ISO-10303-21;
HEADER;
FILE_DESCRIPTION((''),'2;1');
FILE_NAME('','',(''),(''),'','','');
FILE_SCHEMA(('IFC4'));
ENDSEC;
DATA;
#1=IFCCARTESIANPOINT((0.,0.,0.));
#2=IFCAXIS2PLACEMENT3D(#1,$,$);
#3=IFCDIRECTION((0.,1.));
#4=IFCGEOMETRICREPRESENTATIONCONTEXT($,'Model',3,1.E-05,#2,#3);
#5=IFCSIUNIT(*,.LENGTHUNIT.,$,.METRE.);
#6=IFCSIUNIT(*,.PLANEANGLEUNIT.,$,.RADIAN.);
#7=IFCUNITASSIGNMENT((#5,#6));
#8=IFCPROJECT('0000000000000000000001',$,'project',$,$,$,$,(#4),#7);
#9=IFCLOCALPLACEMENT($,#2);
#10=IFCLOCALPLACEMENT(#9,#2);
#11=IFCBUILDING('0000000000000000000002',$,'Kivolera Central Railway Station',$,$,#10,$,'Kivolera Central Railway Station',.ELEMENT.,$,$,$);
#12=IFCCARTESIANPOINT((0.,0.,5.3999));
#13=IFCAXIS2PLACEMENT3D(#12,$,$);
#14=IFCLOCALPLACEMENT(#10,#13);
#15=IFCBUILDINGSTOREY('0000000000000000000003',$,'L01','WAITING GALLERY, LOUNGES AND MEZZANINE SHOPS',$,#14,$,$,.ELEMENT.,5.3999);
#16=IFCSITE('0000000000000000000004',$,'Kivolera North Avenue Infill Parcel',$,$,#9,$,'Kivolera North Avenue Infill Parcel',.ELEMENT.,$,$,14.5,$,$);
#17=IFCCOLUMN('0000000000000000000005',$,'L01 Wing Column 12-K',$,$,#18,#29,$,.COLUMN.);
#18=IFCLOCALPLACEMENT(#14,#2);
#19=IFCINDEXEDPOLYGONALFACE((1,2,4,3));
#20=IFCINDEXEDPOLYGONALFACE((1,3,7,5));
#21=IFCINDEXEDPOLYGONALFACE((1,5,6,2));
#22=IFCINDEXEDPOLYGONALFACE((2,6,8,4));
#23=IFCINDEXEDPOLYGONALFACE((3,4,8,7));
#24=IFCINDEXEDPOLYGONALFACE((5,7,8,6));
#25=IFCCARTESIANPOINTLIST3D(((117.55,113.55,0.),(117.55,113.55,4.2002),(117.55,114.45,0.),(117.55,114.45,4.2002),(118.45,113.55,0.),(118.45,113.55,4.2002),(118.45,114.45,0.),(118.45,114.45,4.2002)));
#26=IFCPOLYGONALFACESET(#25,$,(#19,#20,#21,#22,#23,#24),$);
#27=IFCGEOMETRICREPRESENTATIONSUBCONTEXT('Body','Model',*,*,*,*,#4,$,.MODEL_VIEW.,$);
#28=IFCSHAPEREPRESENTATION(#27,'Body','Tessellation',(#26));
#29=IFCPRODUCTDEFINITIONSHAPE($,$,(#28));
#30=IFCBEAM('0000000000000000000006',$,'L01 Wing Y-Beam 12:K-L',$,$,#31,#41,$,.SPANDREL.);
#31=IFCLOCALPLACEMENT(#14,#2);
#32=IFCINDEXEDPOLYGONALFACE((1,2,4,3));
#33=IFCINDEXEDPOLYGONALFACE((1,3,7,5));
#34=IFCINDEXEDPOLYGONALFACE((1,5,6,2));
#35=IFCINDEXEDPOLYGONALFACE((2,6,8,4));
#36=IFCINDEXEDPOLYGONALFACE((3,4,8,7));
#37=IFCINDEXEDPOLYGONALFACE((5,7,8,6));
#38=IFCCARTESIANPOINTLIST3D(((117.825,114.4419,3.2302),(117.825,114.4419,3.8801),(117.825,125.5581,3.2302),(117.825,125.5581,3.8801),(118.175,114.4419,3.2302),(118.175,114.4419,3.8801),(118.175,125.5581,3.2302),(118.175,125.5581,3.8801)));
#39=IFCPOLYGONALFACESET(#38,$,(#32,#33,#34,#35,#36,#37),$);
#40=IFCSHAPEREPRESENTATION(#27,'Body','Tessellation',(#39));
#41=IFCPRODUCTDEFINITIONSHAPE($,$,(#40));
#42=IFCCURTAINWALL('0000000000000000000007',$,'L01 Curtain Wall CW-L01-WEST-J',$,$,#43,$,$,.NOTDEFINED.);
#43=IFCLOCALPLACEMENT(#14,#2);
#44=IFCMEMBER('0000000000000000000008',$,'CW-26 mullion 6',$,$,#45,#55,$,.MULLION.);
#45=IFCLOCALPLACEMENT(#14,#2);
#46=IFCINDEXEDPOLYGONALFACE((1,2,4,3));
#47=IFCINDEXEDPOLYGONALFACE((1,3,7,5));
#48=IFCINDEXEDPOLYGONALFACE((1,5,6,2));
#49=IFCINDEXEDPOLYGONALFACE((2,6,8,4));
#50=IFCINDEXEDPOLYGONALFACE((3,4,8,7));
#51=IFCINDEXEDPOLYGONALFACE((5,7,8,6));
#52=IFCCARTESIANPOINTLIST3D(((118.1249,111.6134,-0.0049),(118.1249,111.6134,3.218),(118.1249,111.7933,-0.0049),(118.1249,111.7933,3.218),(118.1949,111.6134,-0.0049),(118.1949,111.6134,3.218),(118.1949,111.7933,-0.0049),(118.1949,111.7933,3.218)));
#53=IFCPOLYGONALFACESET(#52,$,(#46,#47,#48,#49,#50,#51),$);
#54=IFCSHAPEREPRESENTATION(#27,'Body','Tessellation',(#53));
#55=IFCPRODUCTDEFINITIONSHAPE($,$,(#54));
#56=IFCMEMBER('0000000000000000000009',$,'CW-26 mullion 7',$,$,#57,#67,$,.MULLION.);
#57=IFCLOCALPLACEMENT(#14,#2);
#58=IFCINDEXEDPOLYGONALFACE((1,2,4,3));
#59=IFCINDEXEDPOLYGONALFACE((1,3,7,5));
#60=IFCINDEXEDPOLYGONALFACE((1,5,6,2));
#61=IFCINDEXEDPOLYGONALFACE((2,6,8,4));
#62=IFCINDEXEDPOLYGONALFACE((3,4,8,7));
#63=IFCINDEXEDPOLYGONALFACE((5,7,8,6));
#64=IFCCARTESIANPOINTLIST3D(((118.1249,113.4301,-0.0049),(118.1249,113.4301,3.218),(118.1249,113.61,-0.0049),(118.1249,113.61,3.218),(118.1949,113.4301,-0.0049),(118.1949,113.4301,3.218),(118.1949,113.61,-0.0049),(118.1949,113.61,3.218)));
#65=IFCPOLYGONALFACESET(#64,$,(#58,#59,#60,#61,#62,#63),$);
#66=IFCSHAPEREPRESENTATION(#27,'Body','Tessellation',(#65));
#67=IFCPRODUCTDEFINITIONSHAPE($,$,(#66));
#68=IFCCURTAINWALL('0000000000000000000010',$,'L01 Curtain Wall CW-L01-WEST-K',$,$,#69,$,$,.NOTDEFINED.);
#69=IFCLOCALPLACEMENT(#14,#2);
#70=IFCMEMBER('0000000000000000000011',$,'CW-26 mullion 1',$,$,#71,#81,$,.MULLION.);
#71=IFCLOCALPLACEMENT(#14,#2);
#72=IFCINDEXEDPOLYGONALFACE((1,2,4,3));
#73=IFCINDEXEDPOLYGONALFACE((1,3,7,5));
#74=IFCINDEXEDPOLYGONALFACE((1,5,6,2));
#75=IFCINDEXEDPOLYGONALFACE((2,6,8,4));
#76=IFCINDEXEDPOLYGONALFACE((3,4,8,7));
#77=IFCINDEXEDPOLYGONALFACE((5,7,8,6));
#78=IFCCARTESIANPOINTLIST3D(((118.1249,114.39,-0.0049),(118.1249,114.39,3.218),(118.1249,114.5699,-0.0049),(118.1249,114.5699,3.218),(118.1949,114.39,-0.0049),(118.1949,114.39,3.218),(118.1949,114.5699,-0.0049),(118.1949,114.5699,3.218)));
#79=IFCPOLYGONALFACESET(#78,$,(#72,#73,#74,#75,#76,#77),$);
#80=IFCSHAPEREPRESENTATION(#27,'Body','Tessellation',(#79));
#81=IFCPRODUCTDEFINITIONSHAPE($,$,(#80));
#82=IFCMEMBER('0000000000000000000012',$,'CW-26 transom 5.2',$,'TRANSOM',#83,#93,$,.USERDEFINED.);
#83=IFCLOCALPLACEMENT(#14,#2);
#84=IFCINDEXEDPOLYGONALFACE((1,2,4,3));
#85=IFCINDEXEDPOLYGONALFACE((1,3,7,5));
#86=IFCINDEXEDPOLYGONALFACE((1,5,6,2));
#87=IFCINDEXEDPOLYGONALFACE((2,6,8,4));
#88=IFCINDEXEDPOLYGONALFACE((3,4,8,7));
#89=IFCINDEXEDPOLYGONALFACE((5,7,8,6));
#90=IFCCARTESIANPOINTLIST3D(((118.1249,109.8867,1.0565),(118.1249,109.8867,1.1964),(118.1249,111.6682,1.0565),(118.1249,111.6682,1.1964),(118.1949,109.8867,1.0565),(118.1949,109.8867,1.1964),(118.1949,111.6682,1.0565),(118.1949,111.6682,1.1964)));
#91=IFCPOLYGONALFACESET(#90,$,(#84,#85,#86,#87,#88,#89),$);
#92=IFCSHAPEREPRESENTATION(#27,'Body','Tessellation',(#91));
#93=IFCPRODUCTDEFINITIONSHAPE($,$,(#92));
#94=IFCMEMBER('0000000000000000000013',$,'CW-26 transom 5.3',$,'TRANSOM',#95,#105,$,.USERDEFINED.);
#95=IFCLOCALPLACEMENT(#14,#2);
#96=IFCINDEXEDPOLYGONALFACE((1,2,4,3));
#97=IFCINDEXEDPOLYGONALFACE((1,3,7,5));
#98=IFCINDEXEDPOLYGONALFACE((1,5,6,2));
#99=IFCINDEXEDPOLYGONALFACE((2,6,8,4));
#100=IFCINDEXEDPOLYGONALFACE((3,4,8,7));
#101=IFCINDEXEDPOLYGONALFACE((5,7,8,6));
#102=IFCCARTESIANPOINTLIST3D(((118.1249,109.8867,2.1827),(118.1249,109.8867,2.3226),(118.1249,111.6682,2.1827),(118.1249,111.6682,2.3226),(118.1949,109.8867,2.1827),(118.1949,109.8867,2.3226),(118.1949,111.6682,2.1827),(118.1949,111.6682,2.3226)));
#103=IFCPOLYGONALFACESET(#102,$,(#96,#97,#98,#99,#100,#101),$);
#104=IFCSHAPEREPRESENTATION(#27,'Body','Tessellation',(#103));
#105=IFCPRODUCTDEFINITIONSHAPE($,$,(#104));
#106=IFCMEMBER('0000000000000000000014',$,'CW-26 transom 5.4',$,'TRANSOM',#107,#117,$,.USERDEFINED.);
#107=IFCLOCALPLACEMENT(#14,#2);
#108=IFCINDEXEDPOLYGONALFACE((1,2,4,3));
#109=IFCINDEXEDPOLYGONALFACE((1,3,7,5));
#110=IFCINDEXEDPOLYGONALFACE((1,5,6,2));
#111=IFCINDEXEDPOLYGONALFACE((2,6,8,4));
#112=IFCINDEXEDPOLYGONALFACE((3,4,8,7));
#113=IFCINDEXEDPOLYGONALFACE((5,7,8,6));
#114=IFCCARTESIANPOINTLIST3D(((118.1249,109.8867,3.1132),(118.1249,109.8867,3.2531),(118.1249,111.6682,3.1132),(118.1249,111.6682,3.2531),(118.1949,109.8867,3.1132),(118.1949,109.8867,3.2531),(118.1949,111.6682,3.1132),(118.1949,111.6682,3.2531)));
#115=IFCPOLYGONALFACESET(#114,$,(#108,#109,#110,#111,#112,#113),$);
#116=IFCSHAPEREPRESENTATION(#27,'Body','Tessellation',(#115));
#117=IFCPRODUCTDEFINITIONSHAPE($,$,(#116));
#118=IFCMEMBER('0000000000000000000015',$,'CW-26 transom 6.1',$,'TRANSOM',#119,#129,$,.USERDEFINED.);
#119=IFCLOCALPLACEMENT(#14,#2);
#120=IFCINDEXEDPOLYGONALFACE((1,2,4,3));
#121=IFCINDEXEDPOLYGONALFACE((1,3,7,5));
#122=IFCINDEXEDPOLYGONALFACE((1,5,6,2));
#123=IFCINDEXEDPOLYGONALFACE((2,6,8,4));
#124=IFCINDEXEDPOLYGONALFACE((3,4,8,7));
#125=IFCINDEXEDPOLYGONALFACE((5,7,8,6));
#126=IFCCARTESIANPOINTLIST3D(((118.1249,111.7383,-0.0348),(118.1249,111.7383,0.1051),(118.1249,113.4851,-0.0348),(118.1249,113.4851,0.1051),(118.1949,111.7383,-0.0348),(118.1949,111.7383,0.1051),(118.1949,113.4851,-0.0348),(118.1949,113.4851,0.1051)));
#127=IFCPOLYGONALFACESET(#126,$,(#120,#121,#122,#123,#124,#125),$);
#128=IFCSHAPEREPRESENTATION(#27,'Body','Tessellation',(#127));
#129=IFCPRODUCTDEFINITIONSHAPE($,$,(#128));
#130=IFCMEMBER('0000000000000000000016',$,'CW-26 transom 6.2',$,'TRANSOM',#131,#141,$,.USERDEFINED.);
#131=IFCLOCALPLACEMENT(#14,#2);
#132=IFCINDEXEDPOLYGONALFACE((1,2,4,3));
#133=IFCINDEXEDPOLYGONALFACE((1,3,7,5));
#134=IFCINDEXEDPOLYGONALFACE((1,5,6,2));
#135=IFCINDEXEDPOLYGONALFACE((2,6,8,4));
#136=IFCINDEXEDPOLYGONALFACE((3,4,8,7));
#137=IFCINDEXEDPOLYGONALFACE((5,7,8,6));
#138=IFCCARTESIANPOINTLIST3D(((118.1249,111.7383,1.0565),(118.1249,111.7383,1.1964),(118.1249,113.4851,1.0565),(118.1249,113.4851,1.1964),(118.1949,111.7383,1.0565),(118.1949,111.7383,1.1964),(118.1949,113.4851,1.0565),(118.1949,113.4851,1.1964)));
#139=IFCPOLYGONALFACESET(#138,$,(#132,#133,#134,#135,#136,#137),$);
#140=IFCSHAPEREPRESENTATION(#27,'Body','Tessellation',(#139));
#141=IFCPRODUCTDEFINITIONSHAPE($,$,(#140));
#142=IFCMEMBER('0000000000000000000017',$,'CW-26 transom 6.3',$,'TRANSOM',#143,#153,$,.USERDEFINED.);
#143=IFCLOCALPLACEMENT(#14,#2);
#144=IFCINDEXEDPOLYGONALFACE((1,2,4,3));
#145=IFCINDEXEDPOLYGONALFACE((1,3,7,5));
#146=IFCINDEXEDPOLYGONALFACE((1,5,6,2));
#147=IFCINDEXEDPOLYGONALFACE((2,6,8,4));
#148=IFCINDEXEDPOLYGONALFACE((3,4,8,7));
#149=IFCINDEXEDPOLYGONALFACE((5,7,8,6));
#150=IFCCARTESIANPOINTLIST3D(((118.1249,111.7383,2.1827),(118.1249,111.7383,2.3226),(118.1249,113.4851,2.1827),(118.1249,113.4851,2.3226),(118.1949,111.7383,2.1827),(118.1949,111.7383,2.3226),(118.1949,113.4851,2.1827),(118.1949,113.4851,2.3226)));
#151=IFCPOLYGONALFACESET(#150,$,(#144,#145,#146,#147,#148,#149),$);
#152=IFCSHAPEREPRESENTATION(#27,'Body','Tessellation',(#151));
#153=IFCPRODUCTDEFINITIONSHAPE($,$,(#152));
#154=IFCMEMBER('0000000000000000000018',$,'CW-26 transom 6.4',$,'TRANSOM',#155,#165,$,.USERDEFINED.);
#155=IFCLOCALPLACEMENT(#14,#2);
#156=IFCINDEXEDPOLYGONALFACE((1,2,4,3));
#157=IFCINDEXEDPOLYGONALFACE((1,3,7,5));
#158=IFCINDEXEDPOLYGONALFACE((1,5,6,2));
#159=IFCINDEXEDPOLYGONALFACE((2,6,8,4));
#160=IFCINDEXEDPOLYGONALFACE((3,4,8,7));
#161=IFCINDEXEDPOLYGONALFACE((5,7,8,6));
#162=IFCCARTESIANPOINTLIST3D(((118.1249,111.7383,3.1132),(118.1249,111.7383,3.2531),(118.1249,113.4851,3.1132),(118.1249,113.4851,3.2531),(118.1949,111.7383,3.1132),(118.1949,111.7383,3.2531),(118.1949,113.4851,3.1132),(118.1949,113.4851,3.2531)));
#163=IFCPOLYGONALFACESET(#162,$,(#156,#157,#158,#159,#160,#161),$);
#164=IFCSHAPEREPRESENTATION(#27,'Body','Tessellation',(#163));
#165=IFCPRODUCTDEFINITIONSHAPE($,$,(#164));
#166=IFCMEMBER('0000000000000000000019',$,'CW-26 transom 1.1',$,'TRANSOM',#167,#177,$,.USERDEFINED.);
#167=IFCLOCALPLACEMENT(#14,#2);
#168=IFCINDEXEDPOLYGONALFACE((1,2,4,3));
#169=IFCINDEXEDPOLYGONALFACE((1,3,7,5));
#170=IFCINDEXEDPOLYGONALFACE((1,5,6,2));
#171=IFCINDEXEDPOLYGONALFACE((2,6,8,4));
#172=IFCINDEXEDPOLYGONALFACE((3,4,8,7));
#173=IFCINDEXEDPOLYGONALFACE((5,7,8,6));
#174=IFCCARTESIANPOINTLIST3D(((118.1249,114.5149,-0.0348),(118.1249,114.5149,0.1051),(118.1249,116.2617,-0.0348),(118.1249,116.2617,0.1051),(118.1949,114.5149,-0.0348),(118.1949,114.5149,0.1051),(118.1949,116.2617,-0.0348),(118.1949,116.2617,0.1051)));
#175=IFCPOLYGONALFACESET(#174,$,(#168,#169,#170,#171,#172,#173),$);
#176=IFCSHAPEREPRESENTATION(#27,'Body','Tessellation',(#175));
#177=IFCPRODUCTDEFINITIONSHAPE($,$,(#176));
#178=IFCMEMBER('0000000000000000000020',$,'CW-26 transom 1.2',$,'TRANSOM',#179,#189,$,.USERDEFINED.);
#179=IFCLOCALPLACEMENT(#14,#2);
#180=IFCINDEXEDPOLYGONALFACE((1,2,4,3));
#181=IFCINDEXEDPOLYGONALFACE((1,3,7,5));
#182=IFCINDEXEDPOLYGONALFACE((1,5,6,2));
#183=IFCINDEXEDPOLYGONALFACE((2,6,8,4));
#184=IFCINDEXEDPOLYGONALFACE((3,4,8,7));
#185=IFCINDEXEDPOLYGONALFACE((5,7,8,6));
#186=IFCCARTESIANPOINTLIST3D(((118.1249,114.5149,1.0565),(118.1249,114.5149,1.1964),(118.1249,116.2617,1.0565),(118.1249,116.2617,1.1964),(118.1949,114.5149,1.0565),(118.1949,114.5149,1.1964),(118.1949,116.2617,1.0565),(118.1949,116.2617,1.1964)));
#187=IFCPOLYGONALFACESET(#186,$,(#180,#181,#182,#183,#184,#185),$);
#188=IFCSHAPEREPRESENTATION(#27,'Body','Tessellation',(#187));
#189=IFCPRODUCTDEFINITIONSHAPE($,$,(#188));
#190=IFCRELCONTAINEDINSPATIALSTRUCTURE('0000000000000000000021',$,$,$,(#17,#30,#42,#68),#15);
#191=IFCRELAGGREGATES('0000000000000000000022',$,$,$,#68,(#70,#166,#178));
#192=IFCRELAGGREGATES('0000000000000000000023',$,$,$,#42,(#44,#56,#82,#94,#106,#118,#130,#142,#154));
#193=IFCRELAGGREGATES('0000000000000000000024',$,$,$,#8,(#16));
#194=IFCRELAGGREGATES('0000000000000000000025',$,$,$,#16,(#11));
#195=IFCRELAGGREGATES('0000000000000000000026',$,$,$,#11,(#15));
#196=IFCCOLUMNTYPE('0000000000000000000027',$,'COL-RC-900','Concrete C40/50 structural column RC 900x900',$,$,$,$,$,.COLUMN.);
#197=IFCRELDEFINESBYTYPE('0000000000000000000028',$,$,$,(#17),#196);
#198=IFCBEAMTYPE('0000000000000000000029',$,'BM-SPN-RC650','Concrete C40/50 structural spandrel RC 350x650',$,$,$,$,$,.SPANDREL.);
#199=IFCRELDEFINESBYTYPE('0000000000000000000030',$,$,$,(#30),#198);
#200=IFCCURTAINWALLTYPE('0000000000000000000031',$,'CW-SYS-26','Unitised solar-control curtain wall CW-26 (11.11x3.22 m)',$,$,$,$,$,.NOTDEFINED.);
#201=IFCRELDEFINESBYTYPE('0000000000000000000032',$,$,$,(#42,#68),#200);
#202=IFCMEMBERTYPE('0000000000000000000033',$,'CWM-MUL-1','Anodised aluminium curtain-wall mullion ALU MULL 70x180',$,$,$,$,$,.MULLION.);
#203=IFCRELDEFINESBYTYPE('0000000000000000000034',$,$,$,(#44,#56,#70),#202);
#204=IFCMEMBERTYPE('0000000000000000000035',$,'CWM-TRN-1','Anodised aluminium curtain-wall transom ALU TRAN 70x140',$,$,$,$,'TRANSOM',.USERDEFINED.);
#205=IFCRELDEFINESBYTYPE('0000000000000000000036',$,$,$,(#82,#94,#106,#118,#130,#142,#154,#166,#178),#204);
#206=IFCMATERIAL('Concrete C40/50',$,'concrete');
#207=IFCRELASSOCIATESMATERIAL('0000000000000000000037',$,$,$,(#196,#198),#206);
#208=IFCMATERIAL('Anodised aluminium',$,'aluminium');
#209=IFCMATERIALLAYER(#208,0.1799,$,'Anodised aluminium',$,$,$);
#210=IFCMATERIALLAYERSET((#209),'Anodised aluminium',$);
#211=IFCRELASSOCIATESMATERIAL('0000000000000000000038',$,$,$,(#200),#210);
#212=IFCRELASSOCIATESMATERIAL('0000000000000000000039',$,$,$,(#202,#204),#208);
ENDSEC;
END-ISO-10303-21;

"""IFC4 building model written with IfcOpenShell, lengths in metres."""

from ifc_helpers import new_model, si_unit, direction, frame, origin, origin_2d, place, context, subcontext, project, spatial, rectangle, extrude, material, layer, layer_set, material_profile, profile_set, type_object, element, aggregate, save


model = new_model("IFC4")

# Units and contexts
model_context = context("Model", 3, precision=1e-05, world=origin(), true_north=direction((0.0, 1.0)))
body_context = subcontext(model_context, "Body", "Model", "MODEL_VIEW")
ifc_project = project(units=[si_unit("LENGTHUNIT", "METRE"), si_unit("PLANEANGLEUNIT", "RADIAN")], contexts=[model_context])

# Site, building, storey
site_placement = place(None, origin())
site = spatial("IfcSite", under=ifc_project, at=site_placement, Name="Kivolera North Avenue Infill Parcel", LongName="Kivolera North Avenue Infill Parcel", CompositionType="ELEMENT", RefElevation=14.5)
building_placement = place(site_placement, origin())
building = spatial("IfcBuilding", under=site, at=building_placement, Name="Kivolera Central Railway Station", LongName="Kivolera Central Railway Station", CompositionType="ELEMENT")
storey_placement = place(building_placement, frame((0.0, 0.0, 5.3999)))
storey = spatial("IfcBuildingStorey", under=building, at=storey_placement, Name="L01", Description="WAITING GALLERY, LOUNGES AND MEZZANINE SHOPS", CompositionType="ELEMENT", Elevation=5.3999)

# Column
ifc_material_1 = material(Name="Concrete C40/50", Category="concrete")
ifc_material_profile_1 = material_profile(ifc_material_1, rectangle(XDim=0.8999, YDim=0.8999, at=origin_2d()), Name="RC 900x900")
ifc_profile_set_1 = profile_set([ifc_material_profile_1], Name="Concrete C40/50")
column_type = type_object("IfcColumnType", Name="COL-RC-900", Description="Concrete C40/50 structural column RC 900x900", PredefinedType="COLUMN", material=ifc_profile_set_1)
column_placement = place(storey_placement, frame((118.0, 114.0, 0.0), z_axis=(0.0, 0.0, 1.0), x_axis=(1.0, 0.0, 0.0)))
element("IfcColumn", 1, at=column_placement, inside=storey, type_object=column_type, Name="L01 Wing Column 12-K", PredefinedType="COLUMN", context=body_context, shape_type="SweptSolid", body=[
    extrude(rectangle(XDim=0.8999, YDim=0.8999, at=origin_2d()), origin(), (0.0, 0.0, 1.0), 4.2002),
])

# Beam
ifc_material_profile_2 = material_profile(ifc_material_1, rectangle(XDim=0.3501, YDim=0.6499, at=origin_2d()), Name="RC 350x650")
ifc_profile_set_2 = profile_set([ifc_material_profile_2], Name="Concrete C40/50")
beam_type = type_object("IfcBeamType", Name="BM-SPN-RC650", Description="Concrete C40/50 structural spandrel RC 350x650", PredefinedType="SPANDREL", material=ifc_profile_set_2)
beam_placement = place(storey_placement, frame((118.0, 114.4419, 3.5552), z_axis=(0.0, 1.0, 0.0), x_axis=(-1.0, 0.0, 0.0)))
element("IfcBeam", 2, at=beam_placement, inside=storey, type_object=beam_type, Name="L01 Wing Y-Beam 12:K-L", PredefinedType="SPANDREL", context=body_context, shape_type="SweptSolid", body=[
    extrude(rectangle(XDim=0.3501, YDim=0.6499, at=origin_2d()), origin(), (0.0, 0.0, 1.0), 11.1162),
])

# Curtain wall, members
ifc_material_2 = material(Name="Anodised aluminium", Category="aluminium")
ifc_layer_1 = layer(ifc_material_2, 0.1799, Name="Anodised aluminium")
ifc_layer_set_1 = layer_set([ifc_layer_1], Name="Anodised aluminium")
curtain_wall_type_1 = type_object("IfcCurtainWallType", Name="CW-SYS-26", Description="Unitised solar-control curtain wall CW-26 (11.11x3.22 m)", PredefinedType="NOTDEFINED", material=ifc_layer_set_1)
curtain_wall_1_placement = place(storey_placement, origin())
curtain_wall_1 = element("IfcCurtainWall", 3, at=curtain_wall_1_placement, inside=storey, type_object=curtain_wall_type_1, Name="L01 Curtain Wall CW-L01-WEST-J", PredefinedType="NOTDEFINED")
ifc_material_profile_3 = material_profile(ifc_material_2, rectangle(XDim=0.0701, YDim=0.1799, at=origin_2d()), Name="ALU MULL 70x180")
ifc_profile_set_3 = profile_set([ifc_material_profile_3], Name="Anodised aluminium")
member_type_1 = type_object("IfcMemberType", Name="CWM-MUL-1", Description="Anodised aluminium curtain-wall mullion ALU MULL 70x180", PredefinedType="MULLION", material=ifc_profile_set_3)
member_1_placement = place(storey_placement, frame((118.1599, 111.7034, -0.0049), z_axis=(0.0, 0.0, 1.0), x_axis=(-1.0, 0.0, 0.0)))
member_1 = element("IfcMember", 4, at=member_1_placement, type_object=member_type_1, Name="CW-26 mullion 6", PredefinedType="MULLION", context=body_context, shape_type="SweptSolid", body=[
    extrude(rectangle(XDim=0.0701, YDim=0.1799, at=origin_2d()), origin(), (0.0, 0.0, 1.0), 3.2229),
])
member_2_placement = place(storey_placement, frame((118.1599, 113.52, -0.0049), z_axis=(0.0, 0.0, 1.0), x_axis=(-1.0, 0.0, 0.0)))
member_2 = element("IfcMember", 5, at=member_2_placement, type_object=member_type_1, Name="CW-26 mullion 7", PredefinedType="MULLION", context=body_context, shape_type="SweptSolid", body=[
    extrude(rectangle(XDim=0.0701, YDim=0.1799, at=origin_2d()), origin(), (0.0, 0.0, 1.0), 3.2229),
])

# Curtain wall, member
curtain_wall_2_placement = place(storey_placement, origin())
curtain_wall_2 = element("IfcCurtainWall", 6, at=curtain_wall_2_placement, inside=storey, type_object=curtain_wall_type_1, Name="L01 Curtain Wall CW-L01-WEST-K", PredefinedType="NOTDEFINED")
member_3_placement = place(storey_placement, frame((118.1599, 114.48, -0.0049), z_axis=(0.0, 0.0, 1.0), x_axis=(-1.0, 0.0, 0.0)))
member_3 = element("IfcMember", 7, at=member_3_placement, type_object=member_type_1, Name="CW-26 mullion 1", PredefinedType="MULLION", context=body_context, shape_type="SweptSolid", body=[
    extrude(rectangle(XDim=0.0701, YDim=0.1799, at=origin_2d()), origin(), (0.0, 0.0, 1.0), 3.2229),
])

# Members
ifc_material_profile_4 = material_profile(ifc_material_2, rectangle(XDim=0.0701, YDim=0.1399, at=origin_2d()), Name="ALU TRAN 70x140")
ifc_profile_set_4 = profile_set([ifc_material_profile_4], Name="Anodised aluminium")
member_type_2 = type_object("IfcMemberType", Name="CWM-TRN-1", Description="Anodised aluminium curtain-wall transom ALU TRAN 70x140", ElementType="TRANSOM", PredefinedType="USERDEFINED", material=ifc_profile_set_4)
member_4_placement = place(storey_placement, frame((118.1599, 109.8867, 1.1265), z_axis=(0.0, 1.0, 0.0), x_axis=(-1.0, 0.0, 0.0)))
member_4 = element("IfcMember", 8, at=member_4_placement, type_object=member_type_2, Name="CW-26 transom 5.2", ObjectType="TRANSOM", PredefinedType="USERDEFINED", context=body_context, shape_type="SweptSolid", body=[
    extrude(rectangle(XDim=0.0701, YDim=0.1399, at=origin_2d()), origin(), (0.0, 0.0, 1.0), 1.7815),
])
member_5_placement = place(storey_placement, frame((118.1599, 109.8867, 2.2527), z_axis=(0.0, 1.0, 0.0), x_axis=(-1.0, 0.0, 0.0)))
member_5 = element("IfcMember", 9, at=member_5_placement, type_object=member_type_2, Name="CW-26 transom 5.3", ObjectType="TRANSOM", PredefinedType="USERDEFINED", context=body_context, shape_type="SweptSolid", body=[
    extrude(rectangle(XDim=0.0701, YDim=0.1399, at=origin_2d()), origin(), (0.0, 0.0, 1.0), 1.7815),
])
member_6_placement = place(storey_placement, frame((118.1599, 109.8867, 3.1831), z_axis=(0.0, 1.0, 0.0), x_axis=(-1.0, 0.0, 0.0)))
member_6 = element("IfcMember", 10, at=member_6_placement, type_object=member_type_2, Name="CW-26 transom 5.4", ObjectType="TRANSOM", PredefinedType="USERDEFINED", context=body_context, shape_type="SweptSolid", body=[
    extrude(rectangle(XDim=0.0701, YDim=0.1399, at=origin_2d()), origin(), (0.0, 0.0, 1.0), 1.7815),
])
member_7_placement = place(storey_placement, frame((118.1599, 111.7383, 0.0352), z_axis=(0.0, 1.0, 0.0), x_axis=(-1.0, 0.0, 0.0)))
member_7 = element("IfcMember", 11, at=member_7_placement, type_object=member_type_2, Name="CW-26 transom 6.1", ObjectType="TRANSOM", PredefinedType="USERDEFINED", context=body_context, shape_type="SweptSolid", body=[
    extrude(rectangle(XDim=0.0701, YDim=0.1399, at=origin_2d()), origin(), (0.0, 0.0, 1.0), 1.7468),
])
member_8_placement = place(storey_placement, frame((118.1599, 111.7383, 1.1265), z_axis=(0.0, 1.0, 0.0), x_axis=(-1.0, 0.0, 0.0)))
member_8 = element("IfcMember", 12, at=member_8_placement, type_object=member_type_2, Name="CW-26 transom 6.2", ObjectType="TRANSOM", PredefinedType="USERDEFINED", context=body_context, shape_type="SweptSolid", body=[
    extrude(rectangle(XDim=0.0701, YDim=0.1399, at=origin_2d()), origin(), (0.0, 0.0, 1.0), 1.7468),
])
member_9_placement = place(storey_placement, frame((118.1599, 111.7383, 2.2527), z_axis=(0.0, 1.0, 0.0), x_axis=(-1.0, 0.0, 0.0)))
member_9 = element("IfcMember", 13, at=member_9_placement, type_object=member_type_2, Name="CW-26 transom 6.3", ObjectType="TRANSOM", PredefinedType="USERDEFINED", context=body_context, shape_type="SweptSolid", body=[
    extrude(rectangle(XDim=0.0701, YDim=0.1399, at=origin_2d()), origin(), (0.0, 0.0, 1.0), 1.7468),
])
member_10_placement = place(storey_placement, frame((118.1599, 111.7383, 3.1831), z_axis=(0.0, 1.0, 0.0), x_axis=(-1.0, 0.0, 0.0)))
member_10 = element("IfcMember", 14, at=member_10_placement, type_object=member_type_2, Name="CW-26 transom 6.4", ObjectType="TRANSOM", PredefinedType="USERDEFINED", context=body_context, shape_type="SweptSolid", body=[
    extrude(rectangle(XDim=0.0701, YDim=0.1399, at=origin_2d()), origin(), (0.0, 0.0, 1.0), 1.7468),
])
member_11_placement = place(storey_placement, frame((118.1599, 114.5149, 0.0352), z_axis=(0.0, 1.0, 0.0), x_axis=(-1.0, 0.0, 0.0)))
member_11 = element("IfcMember", 15, at=member_11_placement, type_object=member_type_2, Name="CW-26 transom 1.1", ObjectType="TRANSOM", PredefinedType="USERDEFINED", context=body_context, shape_type="SweptSolid", body=[
    extrude(rectangle(XDim=0.0701, YDim=0.1399, at=origin_2d()), origin(), (0.0, 0.0, 1.0), 1.7468),
])
member_12_placement = place(storey_placement, frame((118.1599, 114.5149, 1.1265), z_axis=(0.0, 1.0, 0.0), x_axis=(-1.0, 0.0, 0.0)))
member_12 = element("IfcMember", 16, at=member_12_placement, type_object=member_type_2, Name="CW-26 transom 1.2", ObjectType="TRANSOM", PredefinedType="USERDEFINED", context=body_context, shape_type="SweptSolid", body=[
    extrude(rectangle(XDim=0.0701, YDim=0.1399, at=origin_2d()), origin(), (0.0, 0.0, 1.0), 1.7468),
])
aggregate(curtain_wall_2, [member_3, member_11, member_12])

aggregate(curtain_wall_1, [member_1, member_2, member_4, member_5, member_6, member_7, member_8, member_9, member_10])

save(model, "model.ifc")
